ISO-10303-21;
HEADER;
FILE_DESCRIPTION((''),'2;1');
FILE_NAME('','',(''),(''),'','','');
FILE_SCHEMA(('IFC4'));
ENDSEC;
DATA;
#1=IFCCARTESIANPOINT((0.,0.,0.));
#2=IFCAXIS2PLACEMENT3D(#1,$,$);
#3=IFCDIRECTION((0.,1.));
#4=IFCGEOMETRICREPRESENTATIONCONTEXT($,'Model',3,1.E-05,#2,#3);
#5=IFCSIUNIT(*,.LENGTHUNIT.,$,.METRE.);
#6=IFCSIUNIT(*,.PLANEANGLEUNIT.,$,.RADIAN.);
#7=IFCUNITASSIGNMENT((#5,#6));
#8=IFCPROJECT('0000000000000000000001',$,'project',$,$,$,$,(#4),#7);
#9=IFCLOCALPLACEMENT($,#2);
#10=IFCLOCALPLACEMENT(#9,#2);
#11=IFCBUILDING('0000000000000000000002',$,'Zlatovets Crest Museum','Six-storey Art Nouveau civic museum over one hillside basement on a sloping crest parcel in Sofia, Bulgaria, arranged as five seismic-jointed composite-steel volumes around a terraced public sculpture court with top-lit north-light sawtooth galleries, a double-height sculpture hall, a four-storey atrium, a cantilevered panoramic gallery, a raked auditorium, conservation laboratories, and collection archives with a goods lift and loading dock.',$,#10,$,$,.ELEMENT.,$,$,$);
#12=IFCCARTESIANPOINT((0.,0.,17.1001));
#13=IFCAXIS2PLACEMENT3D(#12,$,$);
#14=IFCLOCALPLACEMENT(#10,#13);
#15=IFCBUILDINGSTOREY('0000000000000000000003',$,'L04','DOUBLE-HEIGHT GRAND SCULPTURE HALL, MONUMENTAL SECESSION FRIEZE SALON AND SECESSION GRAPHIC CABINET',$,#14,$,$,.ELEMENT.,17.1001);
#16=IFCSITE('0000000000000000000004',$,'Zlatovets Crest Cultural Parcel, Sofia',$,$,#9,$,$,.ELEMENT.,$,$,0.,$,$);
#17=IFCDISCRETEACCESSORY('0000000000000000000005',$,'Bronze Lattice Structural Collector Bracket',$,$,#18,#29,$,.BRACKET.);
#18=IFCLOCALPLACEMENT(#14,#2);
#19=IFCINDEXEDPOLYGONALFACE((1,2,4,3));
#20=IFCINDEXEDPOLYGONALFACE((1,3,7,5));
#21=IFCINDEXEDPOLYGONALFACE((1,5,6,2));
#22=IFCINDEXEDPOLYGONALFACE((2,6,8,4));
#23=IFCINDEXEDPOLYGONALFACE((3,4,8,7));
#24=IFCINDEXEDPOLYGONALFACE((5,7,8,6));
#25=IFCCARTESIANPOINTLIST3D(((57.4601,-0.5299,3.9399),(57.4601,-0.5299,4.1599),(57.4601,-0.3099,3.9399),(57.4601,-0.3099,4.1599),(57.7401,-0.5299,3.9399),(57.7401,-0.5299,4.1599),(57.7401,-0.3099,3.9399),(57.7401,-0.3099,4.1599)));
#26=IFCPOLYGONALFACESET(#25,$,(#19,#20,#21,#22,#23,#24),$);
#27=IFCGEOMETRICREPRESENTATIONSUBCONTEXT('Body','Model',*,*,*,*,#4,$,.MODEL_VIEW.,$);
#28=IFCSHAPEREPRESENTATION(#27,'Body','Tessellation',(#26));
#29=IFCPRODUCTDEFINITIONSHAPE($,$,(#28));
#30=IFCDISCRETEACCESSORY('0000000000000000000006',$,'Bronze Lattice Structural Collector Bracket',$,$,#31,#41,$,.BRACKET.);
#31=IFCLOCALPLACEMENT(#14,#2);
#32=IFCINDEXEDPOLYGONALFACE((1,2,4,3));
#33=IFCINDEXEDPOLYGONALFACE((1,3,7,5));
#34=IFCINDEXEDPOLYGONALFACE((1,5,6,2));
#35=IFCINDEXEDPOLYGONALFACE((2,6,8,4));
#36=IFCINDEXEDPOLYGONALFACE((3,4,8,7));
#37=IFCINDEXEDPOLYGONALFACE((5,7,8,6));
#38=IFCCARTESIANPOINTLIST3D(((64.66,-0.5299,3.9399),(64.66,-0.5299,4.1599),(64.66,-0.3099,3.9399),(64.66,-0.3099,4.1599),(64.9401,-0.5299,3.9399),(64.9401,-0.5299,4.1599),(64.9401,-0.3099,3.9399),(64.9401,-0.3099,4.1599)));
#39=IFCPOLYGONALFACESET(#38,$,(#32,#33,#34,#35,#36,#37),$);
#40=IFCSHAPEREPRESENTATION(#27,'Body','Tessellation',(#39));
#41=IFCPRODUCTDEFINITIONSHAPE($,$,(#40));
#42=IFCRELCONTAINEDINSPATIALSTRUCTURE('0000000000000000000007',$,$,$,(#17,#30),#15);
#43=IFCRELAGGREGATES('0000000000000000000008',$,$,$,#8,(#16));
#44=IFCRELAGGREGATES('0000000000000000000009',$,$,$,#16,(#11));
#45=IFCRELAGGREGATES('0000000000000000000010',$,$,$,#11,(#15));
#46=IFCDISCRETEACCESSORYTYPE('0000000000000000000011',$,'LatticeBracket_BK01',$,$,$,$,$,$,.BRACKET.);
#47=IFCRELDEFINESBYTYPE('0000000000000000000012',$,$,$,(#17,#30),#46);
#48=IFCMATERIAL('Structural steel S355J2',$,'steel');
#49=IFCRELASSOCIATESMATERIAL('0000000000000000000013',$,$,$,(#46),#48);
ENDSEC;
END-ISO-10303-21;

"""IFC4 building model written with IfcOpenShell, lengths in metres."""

from ifc_helpers import new_model, si_unit, direction, frame, origin, origin_2d, place, context, subcontext, project, spatial, rectangle, extrude, material, type_object, element, save


model = new_model("IFC4")

# Units and contexts
model_context = context("Model", 3, precision=1e-05, world=origin(), true_north=direction((0.0, 1.0)))
body_context = subcontext(model_context, "Body", "Model", "MODEL_VIEW")
ifc_project = project(units=[si_unit("LENGTHUNIT", "METRE"), si_unit("PLANEANGLEUNIT", "RADIAN")], contexts=[model_context])

# Site, building, storey
site_placement = place(None, origin())
site = spatial("IfcSite", under=ifc_project, at=site_placement, Name="Zlatovets Crest Cultural Parcel, Sofia", CompositionType="ELEMENT", RefElevation=0.0)
building_placement = place(site_placement, origin())
building = spatial("IfcBuilding", under=site, at=building_placement, Name="Zlatovets Crest Museum", Description="Six-storey Art Nouveau civic museum over one hillside basement on a sloping crest parcel in Sofia, Bulgaria, arranged as five seismic-jointed composite-steel volumes around a terraced public sculpture court with top-lit north-light sawtooth galleries, a double-height sculpture hall, a four-storey atrium, a cantilevered panoramic gallery, a raked auditorium, conservation laboratories, and collection archives with a goods lift and loading dock.", CompositionType="ELEMENT")
storey_placement = place(building_placement, frame((0.0, 0.0, 17.1001)))
storey = spatial("IfcBuildingStorey", under=building, at=storey_placement, Name="L04", Description="DOUBLE-HEIGHT GRAND SCULPTURE HALL, MONUMENTAL SECESSION FRIEZE SALON AND SECESSION GRAPHIC CABINET", CompositionType="ELEMENT", Elevation=17.1001)

# Shared definitions
ifc_material_1 = material(Name="Structural steel S355J2", Category="steel")

# Discrete accessories
discrete_accessory_type = type_object("IfcDiscreteAccessoryType", Name="LatticeBracket_BK01", PredefinedType="BRACKET", material=ifc_material_1)
for number, where, z_axis, x_axis, name in (
    (1, (57.6001, -0.4199, 3.9399), (0.0, 0.0, 1.0), (1.0, 0.0, 0.0), "Bronze Lattice Structural Collector Bracket"),
    (2, (64.8, -0.4199, 3.9399), (0.0, 0.0, 1.0), (1.0, 0.0, 0.0), "Bronze Lattice Structural Collector Bracket"),
):
    element("IfcDiscreteAccessory", number, at=place(storey_placement, frame(where, z_axis=z_axis, x_axis=x_axis)), inside=storey, type_object=discrete_accessory_type, Name=name, PredefinedType="BRACKET", context=body_context, shape_type="SweptSolid", body=[
        extrude(rectangle(XDim=0.28, YDim=0.22, at=origin_2d()), origin(), (0.0, 0.0, 1.0), 0.22),
    ])

save(model, "model.ifc")
